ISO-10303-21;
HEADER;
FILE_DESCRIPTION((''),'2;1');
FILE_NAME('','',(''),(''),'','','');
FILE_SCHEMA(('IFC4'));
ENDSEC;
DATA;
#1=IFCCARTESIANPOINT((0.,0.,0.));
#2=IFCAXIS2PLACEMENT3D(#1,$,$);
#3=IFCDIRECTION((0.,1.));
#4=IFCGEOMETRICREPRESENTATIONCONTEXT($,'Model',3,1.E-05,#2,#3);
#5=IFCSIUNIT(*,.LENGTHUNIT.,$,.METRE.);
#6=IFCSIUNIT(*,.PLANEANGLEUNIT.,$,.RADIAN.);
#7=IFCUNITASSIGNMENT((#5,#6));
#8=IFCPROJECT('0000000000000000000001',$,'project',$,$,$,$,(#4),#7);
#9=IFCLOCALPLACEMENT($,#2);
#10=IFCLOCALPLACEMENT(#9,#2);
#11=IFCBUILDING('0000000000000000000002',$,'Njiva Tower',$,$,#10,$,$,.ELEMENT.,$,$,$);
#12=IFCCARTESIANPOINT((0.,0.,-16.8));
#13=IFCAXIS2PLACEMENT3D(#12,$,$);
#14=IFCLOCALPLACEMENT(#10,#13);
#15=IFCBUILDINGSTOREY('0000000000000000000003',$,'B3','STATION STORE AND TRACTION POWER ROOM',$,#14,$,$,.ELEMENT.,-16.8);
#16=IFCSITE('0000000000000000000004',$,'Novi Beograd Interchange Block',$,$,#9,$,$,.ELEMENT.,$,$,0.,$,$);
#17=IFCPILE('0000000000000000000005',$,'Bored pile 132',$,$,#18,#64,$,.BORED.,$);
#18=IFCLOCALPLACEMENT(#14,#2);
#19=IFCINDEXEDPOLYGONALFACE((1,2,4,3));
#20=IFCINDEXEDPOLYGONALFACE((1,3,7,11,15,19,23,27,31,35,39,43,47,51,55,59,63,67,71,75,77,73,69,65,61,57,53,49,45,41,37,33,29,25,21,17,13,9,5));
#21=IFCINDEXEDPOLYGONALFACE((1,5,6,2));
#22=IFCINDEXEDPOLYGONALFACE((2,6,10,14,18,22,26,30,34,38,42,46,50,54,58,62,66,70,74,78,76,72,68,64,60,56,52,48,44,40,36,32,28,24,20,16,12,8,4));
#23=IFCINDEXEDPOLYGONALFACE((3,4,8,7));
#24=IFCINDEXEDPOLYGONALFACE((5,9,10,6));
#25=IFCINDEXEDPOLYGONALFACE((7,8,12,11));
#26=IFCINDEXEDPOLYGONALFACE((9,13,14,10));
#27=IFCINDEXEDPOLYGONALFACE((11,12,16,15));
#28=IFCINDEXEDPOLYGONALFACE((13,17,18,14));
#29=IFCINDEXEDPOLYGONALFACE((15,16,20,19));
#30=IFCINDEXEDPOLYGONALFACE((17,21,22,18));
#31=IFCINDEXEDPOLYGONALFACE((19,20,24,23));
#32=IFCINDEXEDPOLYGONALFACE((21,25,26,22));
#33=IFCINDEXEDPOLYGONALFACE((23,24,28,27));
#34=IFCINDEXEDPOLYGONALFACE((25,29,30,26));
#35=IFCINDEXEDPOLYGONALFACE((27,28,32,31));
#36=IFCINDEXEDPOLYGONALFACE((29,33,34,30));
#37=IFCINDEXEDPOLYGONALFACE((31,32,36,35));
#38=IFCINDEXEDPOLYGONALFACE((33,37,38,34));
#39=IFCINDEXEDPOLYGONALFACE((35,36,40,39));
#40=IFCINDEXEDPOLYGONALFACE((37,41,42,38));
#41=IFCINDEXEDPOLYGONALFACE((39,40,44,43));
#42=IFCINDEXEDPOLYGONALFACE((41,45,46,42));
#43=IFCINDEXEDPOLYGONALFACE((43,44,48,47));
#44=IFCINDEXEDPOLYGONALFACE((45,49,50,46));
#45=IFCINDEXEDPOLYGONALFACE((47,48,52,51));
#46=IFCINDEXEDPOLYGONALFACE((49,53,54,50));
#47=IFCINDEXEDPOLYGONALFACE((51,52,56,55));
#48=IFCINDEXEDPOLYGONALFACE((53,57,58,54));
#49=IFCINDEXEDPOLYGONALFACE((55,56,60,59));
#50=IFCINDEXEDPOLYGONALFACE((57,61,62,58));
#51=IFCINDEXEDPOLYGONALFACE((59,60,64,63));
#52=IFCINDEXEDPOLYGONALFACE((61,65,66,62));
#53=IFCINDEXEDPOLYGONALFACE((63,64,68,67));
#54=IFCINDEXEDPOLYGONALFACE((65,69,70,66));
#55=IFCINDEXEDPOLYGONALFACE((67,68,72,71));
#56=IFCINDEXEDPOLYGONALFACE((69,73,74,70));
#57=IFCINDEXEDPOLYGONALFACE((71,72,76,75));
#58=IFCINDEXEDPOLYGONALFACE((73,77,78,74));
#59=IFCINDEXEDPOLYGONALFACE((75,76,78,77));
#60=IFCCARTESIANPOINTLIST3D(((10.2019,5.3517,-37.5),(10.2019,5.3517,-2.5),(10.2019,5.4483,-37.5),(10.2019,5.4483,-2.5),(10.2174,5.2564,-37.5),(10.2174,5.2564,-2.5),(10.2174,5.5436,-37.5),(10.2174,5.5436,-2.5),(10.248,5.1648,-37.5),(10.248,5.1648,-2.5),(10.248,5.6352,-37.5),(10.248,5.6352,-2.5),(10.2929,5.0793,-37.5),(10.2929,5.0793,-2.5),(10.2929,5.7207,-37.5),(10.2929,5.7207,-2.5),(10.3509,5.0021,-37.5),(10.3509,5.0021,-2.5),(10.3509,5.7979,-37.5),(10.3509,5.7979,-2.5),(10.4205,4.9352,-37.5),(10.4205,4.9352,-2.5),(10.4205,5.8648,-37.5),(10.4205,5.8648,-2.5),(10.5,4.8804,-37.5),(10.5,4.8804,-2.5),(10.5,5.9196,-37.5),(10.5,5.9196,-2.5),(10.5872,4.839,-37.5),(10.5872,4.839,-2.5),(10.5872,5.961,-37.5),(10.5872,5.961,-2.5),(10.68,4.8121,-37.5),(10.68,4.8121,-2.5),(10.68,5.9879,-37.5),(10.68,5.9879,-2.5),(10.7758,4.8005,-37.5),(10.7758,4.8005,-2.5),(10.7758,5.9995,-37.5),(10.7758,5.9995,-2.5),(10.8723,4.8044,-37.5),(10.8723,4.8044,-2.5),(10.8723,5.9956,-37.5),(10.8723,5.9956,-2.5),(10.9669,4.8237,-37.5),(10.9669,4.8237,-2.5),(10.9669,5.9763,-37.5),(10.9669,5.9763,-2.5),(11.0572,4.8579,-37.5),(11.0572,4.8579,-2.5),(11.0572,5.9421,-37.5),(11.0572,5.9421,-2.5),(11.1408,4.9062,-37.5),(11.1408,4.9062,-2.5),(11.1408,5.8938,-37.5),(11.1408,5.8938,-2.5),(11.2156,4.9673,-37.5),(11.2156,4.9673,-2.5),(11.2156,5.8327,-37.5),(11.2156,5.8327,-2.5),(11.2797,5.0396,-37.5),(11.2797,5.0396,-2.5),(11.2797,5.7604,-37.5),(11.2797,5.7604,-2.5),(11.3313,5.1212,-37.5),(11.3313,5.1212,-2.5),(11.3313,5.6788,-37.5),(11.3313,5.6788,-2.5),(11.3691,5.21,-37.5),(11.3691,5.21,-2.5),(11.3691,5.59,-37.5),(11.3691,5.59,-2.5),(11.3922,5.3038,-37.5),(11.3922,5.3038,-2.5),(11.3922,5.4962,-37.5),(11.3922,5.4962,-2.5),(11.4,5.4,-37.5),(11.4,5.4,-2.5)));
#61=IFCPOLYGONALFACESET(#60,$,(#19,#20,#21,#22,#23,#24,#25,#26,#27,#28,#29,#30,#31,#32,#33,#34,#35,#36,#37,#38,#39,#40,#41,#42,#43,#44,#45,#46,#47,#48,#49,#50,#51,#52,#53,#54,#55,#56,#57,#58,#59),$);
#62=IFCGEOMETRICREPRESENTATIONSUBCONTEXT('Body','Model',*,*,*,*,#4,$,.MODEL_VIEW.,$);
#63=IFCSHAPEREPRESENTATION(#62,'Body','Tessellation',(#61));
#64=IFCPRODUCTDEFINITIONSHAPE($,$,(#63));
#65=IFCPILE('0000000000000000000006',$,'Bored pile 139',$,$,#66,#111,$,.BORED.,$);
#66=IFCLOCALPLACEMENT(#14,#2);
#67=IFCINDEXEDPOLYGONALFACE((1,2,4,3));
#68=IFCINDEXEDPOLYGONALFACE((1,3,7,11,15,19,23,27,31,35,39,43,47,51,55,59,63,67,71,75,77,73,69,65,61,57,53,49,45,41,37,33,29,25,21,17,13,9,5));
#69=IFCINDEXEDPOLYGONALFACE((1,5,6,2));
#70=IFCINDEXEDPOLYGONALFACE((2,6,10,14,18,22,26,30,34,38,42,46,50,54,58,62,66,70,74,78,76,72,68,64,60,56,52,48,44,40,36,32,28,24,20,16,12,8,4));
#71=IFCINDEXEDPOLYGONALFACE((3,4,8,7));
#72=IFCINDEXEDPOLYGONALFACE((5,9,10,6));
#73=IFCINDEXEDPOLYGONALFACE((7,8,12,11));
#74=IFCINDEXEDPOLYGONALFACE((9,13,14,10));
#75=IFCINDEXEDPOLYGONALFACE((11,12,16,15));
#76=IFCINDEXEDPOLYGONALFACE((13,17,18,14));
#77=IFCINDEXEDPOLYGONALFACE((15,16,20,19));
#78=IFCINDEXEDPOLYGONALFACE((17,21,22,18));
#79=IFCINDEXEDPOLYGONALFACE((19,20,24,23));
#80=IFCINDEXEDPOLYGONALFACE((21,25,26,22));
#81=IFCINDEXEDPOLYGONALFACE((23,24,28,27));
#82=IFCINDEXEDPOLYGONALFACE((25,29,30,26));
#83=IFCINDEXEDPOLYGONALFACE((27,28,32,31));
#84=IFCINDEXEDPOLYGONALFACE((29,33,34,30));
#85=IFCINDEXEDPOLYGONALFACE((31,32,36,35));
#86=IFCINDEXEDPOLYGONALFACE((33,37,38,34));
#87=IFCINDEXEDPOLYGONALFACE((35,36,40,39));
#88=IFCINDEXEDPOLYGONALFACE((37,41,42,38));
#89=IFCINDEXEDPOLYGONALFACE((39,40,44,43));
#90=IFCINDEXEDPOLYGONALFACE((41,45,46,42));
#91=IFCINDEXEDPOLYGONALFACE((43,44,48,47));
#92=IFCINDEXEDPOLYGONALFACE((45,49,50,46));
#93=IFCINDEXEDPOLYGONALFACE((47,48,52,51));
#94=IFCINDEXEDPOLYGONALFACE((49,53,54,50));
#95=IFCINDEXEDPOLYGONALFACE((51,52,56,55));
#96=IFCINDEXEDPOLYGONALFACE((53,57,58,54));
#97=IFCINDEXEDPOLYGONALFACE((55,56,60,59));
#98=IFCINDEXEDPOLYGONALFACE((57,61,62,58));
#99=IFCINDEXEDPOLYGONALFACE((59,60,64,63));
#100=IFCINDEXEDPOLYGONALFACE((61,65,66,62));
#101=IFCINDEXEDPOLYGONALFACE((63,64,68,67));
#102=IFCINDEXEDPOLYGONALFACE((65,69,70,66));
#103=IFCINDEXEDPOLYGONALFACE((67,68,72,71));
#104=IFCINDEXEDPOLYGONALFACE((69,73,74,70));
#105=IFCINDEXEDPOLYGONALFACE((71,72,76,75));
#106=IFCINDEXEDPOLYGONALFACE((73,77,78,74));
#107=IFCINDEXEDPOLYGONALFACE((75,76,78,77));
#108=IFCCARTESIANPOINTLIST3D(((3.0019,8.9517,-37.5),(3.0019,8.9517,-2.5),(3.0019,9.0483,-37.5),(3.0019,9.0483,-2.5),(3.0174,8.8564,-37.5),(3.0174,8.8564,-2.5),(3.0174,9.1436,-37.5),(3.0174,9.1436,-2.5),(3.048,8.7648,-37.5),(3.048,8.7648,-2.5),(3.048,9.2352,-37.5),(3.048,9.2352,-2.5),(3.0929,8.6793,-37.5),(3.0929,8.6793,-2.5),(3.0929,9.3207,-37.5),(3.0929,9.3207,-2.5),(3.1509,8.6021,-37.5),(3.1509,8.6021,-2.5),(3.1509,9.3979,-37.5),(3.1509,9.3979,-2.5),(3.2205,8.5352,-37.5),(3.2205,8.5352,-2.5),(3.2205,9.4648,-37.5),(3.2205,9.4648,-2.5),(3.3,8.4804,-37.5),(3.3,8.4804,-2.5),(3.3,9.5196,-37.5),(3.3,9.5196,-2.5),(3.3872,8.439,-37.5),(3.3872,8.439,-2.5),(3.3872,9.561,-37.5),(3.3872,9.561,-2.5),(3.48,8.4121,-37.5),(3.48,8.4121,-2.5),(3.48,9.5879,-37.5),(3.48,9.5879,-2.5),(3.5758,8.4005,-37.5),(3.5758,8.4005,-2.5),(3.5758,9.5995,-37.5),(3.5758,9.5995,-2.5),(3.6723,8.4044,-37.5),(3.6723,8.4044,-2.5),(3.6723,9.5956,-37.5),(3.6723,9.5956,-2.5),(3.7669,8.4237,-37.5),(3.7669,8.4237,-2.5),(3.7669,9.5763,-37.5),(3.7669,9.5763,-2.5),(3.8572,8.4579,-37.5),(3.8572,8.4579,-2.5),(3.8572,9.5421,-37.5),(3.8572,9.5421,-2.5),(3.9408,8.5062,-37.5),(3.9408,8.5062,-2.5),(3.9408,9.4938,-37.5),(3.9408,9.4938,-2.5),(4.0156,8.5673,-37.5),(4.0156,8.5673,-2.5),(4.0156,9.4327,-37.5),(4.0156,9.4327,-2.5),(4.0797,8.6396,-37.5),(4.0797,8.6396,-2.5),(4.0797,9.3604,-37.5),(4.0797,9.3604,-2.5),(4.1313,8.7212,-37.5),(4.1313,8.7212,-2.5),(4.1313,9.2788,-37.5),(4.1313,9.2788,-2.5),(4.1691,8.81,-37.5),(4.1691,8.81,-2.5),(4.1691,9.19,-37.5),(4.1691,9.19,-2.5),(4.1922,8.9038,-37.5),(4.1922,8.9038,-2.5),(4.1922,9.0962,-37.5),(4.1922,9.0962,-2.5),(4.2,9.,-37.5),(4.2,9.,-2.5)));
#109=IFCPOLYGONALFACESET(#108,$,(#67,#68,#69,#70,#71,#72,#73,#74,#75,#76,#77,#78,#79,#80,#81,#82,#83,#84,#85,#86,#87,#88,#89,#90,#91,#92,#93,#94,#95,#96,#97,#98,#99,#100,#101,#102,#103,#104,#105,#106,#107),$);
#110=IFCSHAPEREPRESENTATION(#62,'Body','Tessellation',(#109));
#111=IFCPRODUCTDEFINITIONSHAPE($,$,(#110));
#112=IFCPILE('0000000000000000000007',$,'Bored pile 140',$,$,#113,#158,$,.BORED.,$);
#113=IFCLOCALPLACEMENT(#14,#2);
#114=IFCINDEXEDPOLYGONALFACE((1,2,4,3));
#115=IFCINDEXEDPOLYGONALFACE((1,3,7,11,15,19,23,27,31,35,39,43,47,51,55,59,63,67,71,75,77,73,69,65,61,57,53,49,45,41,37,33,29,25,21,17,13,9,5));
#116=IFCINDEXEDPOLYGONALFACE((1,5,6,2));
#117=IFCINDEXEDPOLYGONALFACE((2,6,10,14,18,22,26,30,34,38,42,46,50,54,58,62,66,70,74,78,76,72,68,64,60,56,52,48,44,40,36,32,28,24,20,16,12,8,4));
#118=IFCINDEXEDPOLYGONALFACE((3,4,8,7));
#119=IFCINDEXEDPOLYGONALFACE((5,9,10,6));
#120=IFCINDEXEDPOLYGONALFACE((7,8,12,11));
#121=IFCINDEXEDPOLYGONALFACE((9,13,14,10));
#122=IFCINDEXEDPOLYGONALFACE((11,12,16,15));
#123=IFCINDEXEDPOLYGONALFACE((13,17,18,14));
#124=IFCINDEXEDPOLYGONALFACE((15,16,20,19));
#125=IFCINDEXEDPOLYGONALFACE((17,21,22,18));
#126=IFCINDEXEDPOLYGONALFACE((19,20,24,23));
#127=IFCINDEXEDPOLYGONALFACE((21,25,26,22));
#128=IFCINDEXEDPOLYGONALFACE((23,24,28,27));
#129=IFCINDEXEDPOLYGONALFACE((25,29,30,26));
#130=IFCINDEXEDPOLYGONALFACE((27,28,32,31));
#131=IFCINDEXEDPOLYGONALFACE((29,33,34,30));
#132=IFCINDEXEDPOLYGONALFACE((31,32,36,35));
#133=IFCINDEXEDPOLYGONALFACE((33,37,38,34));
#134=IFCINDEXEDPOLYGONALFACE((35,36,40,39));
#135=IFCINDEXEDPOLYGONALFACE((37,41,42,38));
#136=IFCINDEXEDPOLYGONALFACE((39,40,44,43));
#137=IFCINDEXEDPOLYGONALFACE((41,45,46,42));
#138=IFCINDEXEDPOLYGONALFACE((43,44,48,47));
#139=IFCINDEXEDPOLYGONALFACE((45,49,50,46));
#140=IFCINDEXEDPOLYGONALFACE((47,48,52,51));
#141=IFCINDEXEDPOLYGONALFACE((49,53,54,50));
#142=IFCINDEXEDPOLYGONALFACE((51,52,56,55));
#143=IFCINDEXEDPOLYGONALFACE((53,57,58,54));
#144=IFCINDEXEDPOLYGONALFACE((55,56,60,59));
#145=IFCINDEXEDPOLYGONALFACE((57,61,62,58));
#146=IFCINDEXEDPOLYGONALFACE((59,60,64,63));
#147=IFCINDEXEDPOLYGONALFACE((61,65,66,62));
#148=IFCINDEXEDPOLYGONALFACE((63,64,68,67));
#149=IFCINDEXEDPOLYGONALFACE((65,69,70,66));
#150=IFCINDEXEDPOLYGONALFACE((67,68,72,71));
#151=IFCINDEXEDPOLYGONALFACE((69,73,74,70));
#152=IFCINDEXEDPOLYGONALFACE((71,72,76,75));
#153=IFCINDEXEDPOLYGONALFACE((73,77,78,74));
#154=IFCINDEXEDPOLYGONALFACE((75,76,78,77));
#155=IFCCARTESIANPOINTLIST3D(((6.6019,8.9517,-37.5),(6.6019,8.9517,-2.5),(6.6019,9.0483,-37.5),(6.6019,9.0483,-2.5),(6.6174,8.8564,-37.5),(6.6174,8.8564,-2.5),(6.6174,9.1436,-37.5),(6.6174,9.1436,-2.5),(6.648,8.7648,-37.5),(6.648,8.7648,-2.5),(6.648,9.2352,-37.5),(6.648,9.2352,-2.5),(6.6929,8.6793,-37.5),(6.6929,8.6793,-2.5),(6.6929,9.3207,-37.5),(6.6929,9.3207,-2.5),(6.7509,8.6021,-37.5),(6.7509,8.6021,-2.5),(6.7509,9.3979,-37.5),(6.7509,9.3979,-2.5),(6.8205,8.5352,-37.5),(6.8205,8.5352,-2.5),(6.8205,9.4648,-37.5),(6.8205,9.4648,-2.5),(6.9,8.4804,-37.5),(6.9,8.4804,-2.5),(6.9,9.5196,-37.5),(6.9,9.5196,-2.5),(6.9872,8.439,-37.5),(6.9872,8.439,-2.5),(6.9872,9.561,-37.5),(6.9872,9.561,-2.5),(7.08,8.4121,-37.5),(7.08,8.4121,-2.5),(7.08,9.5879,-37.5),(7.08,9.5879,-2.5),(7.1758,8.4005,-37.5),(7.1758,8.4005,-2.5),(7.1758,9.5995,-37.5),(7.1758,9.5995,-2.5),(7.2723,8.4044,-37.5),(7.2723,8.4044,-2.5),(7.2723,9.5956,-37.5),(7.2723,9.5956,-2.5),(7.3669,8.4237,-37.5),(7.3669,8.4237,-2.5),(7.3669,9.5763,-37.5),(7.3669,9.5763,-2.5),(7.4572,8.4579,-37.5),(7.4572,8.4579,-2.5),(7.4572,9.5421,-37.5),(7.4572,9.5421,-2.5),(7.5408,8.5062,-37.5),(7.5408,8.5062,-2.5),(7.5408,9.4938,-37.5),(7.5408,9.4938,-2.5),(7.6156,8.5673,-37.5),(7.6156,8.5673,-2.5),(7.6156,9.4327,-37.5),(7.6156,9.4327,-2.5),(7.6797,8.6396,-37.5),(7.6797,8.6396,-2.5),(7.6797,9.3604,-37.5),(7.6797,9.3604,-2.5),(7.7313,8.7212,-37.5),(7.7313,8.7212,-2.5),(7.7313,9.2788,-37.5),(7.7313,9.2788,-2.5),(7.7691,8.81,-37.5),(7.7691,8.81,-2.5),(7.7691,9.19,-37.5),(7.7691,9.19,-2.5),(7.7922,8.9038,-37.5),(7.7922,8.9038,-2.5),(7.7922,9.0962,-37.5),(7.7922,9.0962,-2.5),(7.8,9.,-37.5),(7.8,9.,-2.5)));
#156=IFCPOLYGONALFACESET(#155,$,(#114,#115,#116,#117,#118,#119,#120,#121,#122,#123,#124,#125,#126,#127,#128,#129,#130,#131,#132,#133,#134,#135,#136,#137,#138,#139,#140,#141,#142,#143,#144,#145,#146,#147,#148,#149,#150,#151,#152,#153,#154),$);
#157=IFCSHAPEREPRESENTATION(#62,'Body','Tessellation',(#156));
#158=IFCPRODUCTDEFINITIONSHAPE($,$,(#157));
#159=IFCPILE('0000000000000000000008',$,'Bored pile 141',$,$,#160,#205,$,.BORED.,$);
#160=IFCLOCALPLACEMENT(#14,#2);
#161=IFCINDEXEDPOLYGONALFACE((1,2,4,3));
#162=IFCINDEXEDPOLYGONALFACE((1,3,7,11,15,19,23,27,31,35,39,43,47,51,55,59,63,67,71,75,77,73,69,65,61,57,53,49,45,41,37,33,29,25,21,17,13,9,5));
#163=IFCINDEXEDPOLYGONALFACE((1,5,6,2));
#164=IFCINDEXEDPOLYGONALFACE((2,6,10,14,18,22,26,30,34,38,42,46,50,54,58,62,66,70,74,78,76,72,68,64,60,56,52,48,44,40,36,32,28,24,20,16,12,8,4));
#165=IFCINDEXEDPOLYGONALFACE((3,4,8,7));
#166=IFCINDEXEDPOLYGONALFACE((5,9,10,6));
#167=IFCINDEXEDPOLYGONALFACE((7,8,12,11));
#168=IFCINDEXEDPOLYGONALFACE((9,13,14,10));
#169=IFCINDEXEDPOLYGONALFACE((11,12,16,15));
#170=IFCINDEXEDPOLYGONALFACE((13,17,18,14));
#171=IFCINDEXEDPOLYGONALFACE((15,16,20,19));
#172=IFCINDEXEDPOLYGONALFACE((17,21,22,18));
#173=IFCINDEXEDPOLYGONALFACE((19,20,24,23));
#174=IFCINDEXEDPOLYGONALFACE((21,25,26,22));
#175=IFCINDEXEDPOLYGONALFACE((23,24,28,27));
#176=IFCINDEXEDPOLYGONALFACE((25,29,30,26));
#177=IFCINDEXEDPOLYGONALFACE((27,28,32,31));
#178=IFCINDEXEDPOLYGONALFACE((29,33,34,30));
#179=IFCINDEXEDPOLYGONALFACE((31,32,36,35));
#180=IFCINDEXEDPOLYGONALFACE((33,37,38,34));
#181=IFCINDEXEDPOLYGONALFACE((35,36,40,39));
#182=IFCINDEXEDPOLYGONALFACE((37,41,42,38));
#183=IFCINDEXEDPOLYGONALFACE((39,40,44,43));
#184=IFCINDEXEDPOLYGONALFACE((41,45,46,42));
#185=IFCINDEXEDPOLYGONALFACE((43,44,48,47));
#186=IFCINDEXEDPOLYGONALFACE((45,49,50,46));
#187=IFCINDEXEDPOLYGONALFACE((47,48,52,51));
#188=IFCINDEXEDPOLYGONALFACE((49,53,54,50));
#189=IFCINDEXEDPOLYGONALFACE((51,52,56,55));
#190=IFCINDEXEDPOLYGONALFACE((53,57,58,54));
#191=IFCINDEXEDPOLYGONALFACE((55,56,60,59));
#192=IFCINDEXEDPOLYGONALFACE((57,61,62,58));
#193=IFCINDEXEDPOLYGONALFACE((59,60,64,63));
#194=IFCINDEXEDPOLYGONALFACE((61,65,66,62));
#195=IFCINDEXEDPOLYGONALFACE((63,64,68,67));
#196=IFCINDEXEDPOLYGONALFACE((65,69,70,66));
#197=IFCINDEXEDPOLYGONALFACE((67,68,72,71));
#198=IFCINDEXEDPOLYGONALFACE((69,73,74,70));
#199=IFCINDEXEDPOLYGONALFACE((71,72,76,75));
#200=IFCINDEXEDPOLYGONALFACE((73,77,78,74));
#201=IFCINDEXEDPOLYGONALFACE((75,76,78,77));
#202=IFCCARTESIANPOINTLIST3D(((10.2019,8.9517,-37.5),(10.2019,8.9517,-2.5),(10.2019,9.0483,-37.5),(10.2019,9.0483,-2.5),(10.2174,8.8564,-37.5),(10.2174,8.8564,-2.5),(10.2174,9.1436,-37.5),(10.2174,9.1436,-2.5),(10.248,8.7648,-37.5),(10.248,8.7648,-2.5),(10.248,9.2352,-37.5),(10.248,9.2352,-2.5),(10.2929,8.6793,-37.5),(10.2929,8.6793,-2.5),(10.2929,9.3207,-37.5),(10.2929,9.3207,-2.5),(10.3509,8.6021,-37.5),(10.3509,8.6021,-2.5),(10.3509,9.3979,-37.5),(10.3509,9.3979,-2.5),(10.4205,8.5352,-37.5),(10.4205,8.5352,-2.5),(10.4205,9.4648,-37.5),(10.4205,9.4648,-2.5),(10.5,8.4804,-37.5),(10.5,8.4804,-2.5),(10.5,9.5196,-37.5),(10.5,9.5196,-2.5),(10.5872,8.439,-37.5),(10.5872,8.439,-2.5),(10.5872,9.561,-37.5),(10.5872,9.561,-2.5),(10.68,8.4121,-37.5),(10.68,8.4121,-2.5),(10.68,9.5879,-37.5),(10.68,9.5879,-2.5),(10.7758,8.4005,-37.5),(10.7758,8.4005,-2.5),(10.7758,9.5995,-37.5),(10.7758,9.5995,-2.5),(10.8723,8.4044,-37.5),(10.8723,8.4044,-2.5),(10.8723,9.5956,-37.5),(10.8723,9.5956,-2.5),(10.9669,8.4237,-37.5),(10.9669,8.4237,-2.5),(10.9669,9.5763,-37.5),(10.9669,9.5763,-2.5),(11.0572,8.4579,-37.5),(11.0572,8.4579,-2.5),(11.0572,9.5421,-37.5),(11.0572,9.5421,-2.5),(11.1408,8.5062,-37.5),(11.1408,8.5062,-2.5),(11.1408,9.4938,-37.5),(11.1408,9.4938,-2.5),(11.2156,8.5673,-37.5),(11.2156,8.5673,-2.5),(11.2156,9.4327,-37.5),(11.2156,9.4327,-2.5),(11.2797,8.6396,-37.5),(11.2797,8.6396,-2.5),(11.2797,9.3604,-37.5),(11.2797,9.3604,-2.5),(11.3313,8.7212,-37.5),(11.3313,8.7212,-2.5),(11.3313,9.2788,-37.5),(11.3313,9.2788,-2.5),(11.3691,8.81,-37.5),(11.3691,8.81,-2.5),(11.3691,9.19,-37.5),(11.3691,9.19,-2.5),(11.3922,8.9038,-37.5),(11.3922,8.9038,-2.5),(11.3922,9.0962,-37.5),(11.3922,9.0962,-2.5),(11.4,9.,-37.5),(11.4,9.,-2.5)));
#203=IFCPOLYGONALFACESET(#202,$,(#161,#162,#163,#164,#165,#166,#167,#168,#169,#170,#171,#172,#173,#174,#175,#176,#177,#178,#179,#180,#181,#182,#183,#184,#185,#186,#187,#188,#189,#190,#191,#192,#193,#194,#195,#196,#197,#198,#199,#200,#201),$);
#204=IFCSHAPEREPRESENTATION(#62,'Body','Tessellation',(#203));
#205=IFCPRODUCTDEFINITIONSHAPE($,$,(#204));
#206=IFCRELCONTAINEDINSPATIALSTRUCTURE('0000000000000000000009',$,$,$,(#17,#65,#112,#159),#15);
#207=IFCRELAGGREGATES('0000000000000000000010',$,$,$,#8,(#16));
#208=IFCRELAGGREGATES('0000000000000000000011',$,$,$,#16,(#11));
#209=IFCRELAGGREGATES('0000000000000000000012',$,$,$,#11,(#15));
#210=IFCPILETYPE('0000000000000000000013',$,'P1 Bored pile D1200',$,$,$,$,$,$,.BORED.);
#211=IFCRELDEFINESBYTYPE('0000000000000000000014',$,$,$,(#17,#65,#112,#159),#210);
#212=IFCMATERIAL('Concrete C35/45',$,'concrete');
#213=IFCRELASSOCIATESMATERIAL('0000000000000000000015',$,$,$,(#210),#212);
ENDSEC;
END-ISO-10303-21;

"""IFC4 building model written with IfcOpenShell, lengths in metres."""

from ifc_helpers import new_model, si_unit, direction, frame, origin, origin_2d, place, context, subcontext, project, spatial, circle, extrude, material, material_profile, profile_set, type_object, element, save


model = new_model("IFC4")

# Units and contexts
model_context = context("Model", 3, precision=1e-05, world=origin(), true_north=direction((0.0, 1.0)))
body_context = subcontext(model_context, "Body", "Model", "MODEL_VIEW")
ifc_project = project(units=[si_unit("LENGTHUNIT", "METRE"), si_unit("PLANEANGLEUNIT", "RADIAN")], contexts=[model_context])

# Site, building, storey
site_placement = place(None, origin())
site = spatial("IfcSite", under=ifc_project, at=site_placement, Name="Novi Beograd Interchange Block", CompositionType="ELEMENT", RefElevation=0.0)
building_placement = place(site_placement, origin())
building = spatial("IfcBuilding", under=site, at=building_placement, Name="Njiva Tower", CompositionType="ELEMENT")
storey_placement = place(building_placement, frame((0.0, 0.0, -16.8)))
storey = spatial("IfcBuildingStorey", under=building, at=storey_placement, Name="B3", Description="STATION STORE AND TRACTION POWER ROOM", CompositionType="ELEMENT", Elevation=-16.8)

# Piles
ifc_material_1 = material(Name="Concrete C35/45", Category="concrete")
ifc_material_profile_1 = material_profile(ifc_material_1, circle(Radius=0.6, at=origin_2d()), Name="D1200")
ifc_profile_set_1 = profile_set([ifc_material_profile_1], Name="Concrete C35/45")
pile_type = type_object("IfcPileType", Name="P1 Bored pile D1200", PredefinedType="BORED", material=ifc_profile_set_1)
for number, where, z_axis, x_axis, name in (
    (1, (10.8, 5.4, -2.5), (0.0, 0.0, -1.0), (1.0, 0.0, 0.0), "Bored pile 132"),
    (2, (3.6, 9.0, -2.5), (0.0, 0.0, -1.0), (1.0, 0.0, 0.0), "Bored pile 139"),
    (3, (7.2, 9.0, -2.5), (0.0, 0.0, -1.0), (1.0, 0.0, 0.0), "Bored pile 140"),
    (4, (10.8, 9.0, -2.5), (0.0, 0.0, -1.0), (1.0, 0.0, 0.0), "Bored pile 141"),
):
    element("IfcPile", number, at=place(storey_placement, frame(where, z_axis=z_axis, x_axis=x_axis)), inside=storey, type_object=pile_type, Name=name, PredefinedType="BORED", context=body_context, shape_type="SweptSolid", body=[
        extrude(circle(Radius=0.6, at=origin_2d()), origin(), (0.0, 0.0, 1.0), 35.0),
    ])

save(model, "model.ifc")
